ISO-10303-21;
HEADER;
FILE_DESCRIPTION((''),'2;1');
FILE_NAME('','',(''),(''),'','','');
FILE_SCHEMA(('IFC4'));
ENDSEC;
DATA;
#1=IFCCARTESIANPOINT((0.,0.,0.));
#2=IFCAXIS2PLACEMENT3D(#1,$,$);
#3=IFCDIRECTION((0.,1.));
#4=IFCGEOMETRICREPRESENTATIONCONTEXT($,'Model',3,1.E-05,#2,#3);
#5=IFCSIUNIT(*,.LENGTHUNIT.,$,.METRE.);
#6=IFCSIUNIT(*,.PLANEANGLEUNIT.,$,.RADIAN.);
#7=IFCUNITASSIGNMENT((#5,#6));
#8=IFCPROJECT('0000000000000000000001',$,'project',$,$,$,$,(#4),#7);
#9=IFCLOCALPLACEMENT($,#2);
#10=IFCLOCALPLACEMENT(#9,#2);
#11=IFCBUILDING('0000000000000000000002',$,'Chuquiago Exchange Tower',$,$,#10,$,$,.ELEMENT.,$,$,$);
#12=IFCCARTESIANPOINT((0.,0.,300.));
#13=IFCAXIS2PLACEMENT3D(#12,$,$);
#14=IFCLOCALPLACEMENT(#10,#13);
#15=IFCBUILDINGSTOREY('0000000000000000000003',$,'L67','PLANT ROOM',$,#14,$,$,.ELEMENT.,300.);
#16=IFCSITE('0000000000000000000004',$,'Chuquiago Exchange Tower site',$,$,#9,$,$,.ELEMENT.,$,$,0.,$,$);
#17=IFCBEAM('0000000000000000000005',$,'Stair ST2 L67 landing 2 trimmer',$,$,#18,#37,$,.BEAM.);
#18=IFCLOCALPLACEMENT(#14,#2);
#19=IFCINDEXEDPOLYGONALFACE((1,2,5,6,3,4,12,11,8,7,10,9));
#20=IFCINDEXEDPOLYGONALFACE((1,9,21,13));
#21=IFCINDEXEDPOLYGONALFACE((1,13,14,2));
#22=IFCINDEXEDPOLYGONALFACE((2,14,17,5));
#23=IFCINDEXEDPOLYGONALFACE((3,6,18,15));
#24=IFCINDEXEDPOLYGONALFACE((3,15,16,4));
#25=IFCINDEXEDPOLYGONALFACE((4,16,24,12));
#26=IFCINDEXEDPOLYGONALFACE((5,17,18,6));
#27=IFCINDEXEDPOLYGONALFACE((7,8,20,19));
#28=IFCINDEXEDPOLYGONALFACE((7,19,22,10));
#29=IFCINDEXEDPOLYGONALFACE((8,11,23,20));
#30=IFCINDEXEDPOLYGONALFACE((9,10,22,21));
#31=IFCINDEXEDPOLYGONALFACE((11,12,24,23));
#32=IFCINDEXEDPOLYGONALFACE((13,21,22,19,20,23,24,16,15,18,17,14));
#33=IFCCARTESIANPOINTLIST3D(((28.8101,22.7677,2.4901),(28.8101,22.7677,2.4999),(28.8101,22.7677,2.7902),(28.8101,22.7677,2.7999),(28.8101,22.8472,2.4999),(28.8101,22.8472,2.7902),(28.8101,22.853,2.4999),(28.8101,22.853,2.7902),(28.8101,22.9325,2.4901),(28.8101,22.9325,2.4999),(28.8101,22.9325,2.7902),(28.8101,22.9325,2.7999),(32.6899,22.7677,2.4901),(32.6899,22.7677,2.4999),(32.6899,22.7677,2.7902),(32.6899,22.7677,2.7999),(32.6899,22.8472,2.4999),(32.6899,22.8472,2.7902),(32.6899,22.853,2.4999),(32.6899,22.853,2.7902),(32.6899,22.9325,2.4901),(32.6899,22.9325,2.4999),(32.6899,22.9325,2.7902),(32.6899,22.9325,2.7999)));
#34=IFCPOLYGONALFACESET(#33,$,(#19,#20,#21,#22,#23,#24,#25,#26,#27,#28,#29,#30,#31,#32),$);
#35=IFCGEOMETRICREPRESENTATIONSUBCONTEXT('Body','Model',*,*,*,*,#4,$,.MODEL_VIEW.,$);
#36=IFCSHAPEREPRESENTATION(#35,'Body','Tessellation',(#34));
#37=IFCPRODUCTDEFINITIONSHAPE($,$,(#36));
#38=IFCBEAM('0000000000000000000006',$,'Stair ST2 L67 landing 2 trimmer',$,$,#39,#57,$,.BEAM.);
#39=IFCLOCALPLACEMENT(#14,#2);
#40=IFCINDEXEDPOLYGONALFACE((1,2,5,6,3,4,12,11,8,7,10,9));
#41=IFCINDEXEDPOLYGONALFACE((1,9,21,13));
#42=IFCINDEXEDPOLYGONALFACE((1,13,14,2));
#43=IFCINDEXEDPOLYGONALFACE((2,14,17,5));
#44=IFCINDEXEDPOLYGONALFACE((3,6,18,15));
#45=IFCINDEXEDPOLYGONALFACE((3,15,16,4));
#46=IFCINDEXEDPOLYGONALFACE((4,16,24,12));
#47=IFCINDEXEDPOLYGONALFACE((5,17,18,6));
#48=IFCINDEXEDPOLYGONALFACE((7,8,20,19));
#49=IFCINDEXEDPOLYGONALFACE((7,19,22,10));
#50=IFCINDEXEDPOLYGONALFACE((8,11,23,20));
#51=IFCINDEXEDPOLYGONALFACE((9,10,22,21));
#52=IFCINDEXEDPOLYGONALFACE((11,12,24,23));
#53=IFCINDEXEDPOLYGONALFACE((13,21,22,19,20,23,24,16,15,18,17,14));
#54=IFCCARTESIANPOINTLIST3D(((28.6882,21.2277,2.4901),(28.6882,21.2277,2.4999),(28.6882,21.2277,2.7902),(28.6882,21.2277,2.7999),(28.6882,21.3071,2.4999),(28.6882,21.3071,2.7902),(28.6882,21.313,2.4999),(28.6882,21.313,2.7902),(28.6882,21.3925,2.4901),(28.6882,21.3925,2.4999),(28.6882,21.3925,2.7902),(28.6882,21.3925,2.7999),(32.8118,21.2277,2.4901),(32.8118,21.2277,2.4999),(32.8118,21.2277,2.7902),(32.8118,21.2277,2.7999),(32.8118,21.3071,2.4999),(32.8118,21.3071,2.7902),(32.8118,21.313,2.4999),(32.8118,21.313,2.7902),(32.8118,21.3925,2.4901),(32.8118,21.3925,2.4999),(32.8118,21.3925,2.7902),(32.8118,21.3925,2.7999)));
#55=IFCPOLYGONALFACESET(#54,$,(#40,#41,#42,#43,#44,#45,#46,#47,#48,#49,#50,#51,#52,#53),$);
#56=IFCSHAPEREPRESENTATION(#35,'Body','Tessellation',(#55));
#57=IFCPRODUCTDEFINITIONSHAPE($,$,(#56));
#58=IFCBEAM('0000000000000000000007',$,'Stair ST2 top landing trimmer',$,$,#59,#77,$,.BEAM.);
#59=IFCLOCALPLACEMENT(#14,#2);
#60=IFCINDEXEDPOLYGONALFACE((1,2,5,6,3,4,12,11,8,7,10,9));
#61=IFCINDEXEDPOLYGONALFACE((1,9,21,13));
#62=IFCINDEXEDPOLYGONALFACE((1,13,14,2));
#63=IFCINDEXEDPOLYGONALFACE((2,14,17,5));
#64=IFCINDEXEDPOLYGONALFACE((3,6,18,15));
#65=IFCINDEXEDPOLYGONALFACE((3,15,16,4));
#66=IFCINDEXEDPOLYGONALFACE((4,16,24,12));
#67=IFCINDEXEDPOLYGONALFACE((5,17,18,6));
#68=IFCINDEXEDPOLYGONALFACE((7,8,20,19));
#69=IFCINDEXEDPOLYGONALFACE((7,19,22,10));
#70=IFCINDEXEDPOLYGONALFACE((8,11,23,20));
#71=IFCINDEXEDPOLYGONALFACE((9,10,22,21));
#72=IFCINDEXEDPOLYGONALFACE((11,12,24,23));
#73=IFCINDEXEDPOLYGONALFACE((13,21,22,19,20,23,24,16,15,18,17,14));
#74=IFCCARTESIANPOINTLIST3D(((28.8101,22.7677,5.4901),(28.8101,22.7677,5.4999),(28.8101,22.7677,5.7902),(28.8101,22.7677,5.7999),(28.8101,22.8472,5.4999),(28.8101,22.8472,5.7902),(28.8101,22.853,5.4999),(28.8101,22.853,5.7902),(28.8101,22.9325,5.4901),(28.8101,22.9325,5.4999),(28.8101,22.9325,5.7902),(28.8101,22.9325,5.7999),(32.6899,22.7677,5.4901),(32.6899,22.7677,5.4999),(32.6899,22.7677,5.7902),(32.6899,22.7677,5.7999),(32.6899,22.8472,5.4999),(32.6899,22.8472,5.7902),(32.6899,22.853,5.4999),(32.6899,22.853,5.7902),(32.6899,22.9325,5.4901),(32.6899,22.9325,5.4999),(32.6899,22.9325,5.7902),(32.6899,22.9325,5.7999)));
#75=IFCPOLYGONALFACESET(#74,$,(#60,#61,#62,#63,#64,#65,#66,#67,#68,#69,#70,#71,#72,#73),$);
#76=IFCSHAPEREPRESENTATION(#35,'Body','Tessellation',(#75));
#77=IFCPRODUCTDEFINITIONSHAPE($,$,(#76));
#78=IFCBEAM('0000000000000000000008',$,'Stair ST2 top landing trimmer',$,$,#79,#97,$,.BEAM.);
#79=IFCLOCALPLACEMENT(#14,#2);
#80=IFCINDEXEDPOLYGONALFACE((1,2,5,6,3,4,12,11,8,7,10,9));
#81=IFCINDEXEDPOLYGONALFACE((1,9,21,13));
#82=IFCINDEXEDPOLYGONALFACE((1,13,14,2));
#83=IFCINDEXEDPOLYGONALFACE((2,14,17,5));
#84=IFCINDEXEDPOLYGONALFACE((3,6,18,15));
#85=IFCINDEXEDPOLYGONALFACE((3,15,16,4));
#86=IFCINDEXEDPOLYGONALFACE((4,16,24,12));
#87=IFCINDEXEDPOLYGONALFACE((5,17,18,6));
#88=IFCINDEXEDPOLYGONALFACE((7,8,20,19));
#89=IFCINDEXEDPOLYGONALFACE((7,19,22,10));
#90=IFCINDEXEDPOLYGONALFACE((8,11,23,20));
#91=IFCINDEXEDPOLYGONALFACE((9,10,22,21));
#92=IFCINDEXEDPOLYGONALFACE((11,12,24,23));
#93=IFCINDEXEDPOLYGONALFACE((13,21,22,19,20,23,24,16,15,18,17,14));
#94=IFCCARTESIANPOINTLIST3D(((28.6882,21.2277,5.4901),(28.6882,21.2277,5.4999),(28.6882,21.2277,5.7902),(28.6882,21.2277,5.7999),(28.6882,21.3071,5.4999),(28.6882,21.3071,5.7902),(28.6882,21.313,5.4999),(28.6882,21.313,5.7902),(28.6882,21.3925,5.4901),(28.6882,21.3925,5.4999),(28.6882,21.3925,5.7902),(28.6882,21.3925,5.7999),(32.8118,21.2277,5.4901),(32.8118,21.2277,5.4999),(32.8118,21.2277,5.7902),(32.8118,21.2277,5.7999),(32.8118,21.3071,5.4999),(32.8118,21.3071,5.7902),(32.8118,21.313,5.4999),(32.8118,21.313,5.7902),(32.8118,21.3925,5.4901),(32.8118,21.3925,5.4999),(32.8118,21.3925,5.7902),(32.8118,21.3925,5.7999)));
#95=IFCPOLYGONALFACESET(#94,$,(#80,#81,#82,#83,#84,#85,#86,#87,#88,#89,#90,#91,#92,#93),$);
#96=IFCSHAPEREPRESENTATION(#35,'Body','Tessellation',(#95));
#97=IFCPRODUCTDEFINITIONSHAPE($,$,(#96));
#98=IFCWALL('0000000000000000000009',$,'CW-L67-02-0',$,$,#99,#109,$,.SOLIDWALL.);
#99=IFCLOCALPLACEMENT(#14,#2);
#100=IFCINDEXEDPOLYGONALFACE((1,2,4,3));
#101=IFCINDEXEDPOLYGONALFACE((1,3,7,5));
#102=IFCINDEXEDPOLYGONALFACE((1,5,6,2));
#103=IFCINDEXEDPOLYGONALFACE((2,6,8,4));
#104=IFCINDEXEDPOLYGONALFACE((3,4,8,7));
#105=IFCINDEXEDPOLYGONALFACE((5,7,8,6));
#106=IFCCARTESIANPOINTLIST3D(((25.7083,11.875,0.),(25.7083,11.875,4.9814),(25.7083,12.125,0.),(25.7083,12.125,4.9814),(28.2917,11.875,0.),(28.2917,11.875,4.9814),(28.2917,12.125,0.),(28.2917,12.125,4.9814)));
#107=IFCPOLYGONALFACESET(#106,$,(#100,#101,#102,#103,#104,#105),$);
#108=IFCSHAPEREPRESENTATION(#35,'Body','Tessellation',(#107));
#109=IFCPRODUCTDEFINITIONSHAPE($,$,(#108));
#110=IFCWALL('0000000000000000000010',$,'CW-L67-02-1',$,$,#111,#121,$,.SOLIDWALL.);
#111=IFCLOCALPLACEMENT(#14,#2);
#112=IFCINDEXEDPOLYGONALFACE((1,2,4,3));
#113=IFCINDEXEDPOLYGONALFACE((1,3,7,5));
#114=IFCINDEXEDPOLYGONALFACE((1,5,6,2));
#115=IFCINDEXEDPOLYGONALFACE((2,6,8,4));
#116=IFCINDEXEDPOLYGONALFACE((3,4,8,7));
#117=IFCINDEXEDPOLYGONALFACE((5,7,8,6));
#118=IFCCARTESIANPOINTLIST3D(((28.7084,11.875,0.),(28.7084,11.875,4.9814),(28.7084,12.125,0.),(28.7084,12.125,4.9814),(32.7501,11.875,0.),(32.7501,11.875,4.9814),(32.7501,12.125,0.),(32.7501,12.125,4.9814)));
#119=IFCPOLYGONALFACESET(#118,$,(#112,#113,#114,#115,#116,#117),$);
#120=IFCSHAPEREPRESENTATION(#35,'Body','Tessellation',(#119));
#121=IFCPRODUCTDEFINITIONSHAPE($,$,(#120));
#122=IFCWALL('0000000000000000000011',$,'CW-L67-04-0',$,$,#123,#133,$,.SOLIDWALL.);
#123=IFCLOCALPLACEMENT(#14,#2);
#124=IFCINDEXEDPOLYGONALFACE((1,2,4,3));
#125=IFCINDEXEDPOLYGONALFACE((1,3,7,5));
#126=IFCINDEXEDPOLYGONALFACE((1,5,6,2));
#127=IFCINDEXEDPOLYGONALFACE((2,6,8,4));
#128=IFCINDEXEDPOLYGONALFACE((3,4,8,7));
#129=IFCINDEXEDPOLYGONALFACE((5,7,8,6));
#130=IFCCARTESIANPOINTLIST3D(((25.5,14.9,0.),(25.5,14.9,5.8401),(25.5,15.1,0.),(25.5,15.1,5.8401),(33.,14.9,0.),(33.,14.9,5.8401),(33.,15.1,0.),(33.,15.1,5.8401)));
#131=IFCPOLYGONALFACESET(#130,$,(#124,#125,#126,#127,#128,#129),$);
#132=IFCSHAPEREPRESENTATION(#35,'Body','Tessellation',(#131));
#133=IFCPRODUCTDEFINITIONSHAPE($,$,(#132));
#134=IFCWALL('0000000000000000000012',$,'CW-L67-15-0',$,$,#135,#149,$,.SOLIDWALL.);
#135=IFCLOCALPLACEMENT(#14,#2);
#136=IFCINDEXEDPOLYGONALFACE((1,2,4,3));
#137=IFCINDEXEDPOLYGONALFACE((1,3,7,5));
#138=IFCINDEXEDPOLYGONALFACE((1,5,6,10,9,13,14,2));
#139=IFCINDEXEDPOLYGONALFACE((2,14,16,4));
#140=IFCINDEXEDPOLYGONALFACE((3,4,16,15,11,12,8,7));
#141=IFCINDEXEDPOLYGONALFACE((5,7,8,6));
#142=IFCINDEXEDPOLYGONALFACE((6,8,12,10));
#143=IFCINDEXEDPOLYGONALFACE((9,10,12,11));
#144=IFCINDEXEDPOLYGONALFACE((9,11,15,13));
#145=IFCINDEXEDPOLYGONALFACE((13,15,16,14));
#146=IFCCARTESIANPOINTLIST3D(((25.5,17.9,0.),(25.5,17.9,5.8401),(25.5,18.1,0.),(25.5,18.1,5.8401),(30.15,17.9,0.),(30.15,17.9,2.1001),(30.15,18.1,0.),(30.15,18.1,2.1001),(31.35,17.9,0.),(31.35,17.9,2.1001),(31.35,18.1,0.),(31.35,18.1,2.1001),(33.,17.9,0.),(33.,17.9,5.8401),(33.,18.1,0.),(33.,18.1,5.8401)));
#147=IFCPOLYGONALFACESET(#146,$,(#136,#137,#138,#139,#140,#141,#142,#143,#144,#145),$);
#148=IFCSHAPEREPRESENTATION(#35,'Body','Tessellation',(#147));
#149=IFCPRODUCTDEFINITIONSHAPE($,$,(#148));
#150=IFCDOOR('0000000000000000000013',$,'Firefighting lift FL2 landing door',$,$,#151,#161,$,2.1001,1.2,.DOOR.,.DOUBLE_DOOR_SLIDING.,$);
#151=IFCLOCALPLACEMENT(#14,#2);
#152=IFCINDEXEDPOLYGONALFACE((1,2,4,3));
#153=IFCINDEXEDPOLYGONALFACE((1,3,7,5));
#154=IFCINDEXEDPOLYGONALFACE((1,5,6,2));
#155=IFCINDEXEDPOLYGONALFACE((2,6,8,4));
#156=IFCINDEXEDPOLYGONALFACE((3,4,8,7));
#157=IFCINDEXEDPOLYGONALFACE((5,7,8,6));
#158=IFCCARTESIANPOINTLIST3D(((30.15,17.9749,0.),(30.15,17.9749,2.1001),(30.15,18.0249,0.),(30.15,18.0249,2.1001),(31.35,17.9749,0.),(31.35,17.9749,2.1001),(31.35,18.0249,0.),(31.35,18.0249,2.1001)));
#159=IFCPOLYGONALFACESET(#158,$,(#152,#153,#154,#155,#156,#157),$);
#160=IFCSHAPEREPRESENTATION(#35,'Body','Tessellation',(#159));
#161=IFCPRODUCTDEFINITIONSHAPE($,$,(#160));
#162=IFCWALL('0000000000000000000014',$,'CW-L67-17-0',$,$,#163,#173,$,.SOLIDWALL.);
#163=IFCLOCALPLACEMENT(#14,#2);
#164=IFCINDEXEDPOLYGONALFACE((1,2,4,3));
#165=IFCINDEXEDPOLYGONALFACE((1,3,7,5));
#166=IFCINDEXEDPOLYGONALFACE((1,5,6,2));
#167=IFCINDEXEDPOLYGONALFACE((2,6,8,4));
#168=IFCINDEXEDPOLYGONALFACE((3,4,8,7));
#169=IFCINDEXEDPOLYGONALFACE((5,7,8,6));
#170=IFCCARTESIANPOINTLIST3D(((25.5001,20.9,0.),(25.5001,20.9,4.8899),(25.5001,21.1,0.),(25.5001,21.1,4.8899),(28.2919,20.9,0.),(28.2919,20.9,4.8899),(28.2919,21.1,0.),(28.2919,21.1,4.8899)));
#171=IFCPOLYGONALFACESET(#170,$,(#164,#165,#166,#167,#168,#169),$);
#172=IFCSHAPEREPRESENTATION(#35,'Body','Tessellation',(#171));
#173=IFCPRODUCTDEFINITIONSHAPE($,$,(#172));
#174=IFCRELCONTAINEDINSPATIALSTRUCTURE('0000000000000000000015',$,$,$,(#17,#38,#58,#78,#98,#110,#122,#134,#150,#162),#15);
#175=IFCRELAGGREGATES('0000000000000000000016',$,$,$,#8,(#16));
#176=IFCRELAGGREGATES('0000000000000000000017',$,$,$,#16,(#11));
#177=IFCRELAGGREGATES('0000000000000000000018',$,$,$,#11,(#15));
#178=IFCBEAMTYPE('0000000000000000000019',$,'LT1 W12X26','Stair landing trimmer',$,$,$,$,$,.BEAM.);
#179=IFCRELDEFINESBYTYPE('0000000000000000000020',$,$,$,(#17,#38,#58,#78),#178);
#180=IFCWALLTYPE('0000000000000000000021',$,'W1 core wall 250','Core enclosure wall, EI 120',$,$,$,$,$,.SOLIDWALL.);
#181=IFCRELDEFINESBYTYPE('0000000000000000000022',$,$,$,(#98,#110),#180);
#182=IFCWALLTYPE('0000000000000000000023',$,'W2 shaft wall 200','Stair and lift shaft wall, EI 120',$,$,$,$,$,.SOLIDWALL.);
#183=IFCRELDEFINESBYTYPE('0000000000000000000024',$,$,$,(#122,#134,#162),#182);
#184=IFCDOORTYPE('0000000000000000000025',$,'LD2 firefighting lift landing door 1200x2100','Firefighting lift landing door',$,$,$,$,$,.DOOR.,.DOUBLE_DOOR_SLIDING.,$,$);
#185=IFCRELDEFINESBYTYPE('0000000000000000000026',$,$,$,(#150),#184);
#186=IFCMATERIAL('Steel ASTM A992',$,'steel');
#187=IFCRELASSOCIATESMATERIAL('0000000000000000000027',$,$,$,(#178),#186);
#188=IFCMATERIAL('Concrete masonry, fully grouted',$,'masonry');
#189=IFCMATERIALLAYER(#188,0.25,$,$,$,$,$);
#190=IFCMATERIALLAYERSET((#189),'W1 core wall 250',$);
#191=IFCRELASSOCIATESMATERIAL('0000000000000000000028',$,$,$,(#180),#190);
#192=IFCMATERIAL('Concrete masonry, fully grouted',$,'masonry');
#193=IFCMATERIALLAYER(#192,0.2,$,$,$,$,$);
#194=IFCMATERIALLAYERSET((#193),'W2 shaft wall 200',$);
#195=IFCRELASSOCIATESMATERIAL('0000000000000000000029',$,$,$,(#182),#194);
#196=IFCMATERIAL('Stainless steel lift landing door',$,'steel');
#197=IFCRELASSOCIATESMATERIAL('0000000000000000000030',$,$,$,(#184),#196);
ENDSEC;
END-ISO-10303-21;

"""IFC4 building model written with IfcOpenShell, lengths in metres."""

from ifc_helpers import new_model, si_unit, direction, frame, frame_2d, origin, origin_2d, place, context, subcontext, project, spatial, rectangle, i_section, extrude, material, layer, layer_set, material_profile, profile_set, type_object, element, fill, save


model = new_model("IFC4")

# Units and contexts
model_context = context("Model", 3, precision=1e-05, world=origin(), true_north=direction((0.0, 1.0)))
body_context = subcontext(model_context, "Body", "Model", "MODEL_VIEW")
ifc_project = project(units=[si_unit("LENGTHUNIT", "METRE"), si_unit("PLANEANGLEUNIT", "RADIAN")], contexts=[model_context])

# Site, building, storey
site_placement = place(None, origin())
site = spatial("IfcSite", under=ifc_project, at=site_placement, Name="Chuquiago Exchange Tower site", CompositionType="ELEMENT", RefElevation=0.0)
building_placement = place(site_placement, origin())
building = spatial("IfcBuilding", under=site, at=building_placement, Name="Chuquiago Exchange Tower", CompositionType="ELEMENT")
storey_placement = place(building_placement, frame((0.0, 0.0, 300.0)))
storey = spatial("IfcBuildingStorey", under=building, at=storey_placement, Name="L67", Description="PLANT ROOM", CompositionType="ELEMENT", Elevation=300.0)

# Beams
ifc_material_1 = material(Name="Steel ASTM A992", Category="steel")
ifc_material_profile_1 = material_profile(ifc_material_1, i_section(OverallWidth=0.1648, OverallDepth=0.3098, WebThickness=0.0059, FlangeThickness=0.0098, at=origin_2d()), Name="W12X26")
ifc_profile_set_1 = profile_set([ifc_material_profile_1], Name="Steel ASTM A992")
beam_type_1 = type_object("IfcBeamType", Name="LT1 W12X26", Description="Stair landing trimmer", PredefinedType="BEAM", material=ifc_profile_set_1)
beam_1_placement = place(storey_placement, frame((28.8101, 22.8501, 2.645), z_axis=(1.0, 0.0, 0.0), x_axis=(0.0, 1.0, 0.0)))
element("IfcBeam", 1, at=beam_1_placement, inside=storey, type_object=beam_type_1, Name="Stair ST2 L67 landing 2 trimmer", PredefinedType="BEAM", context=body_context, shape_type="SweptSolid", body=[
    extrude(i_section(OverallWidth=0.1648, OverallDepth=0.3098, WebThickness=0.0059, FlangeThickness=0.0098, at=origin_2d()), origin(), (0.0, 0.0, 1.0), 3.8799),
])
beam_2_placement = place(storey_placement, frame((28.6882, 21.3101, 2.645), z_axis=(1.0, 0.0, 0.0), x_axis=(0.0, 1.0, 0.0)))
element("IfcBeam", 2, at=beam_2_placement, inside=storey, type_object=beam_type_1, Name="Stair ST2 L67 landing 2 trimmer", PredefinedType="BEAM", context=body_context, shape_type="SweptSolid", body=[
    extrude(i_section(OverallWidth=0.1648, OverallDepth=0.3098, WebThickness=0.0059, FlangeThickness=0.0098, at=origin_2d()), origin(), (0.0, 0.0, 1.0), 4.1235),
])
beam_3_placement = place(storey_placement, frame((28.8101, 22.8501, 5.645), z_axis=(1.0, 0.0, 0.0), x_axis=(0.0, 1.0, 0.0)))
element("IfcBeam", 3, at=beam_3_placement, inside=storey, type_object=beam_type_1, Name="Stair ST2 top landing trimmer", PredefinedType="BEAM", context=body_context, shape_type="SweptSolid", body=[
    extrude(i_section(OverallWidth=0.1648, OverallDepth=0.3098, WebThickness=0.0059, FlangeThickness=0.0098, at=origin_2d()), origin(), (0.0, 0.0, 1.0), 3.8799),
])
beam_4_placement = place(storey_placement, frame((28.6882, 21.3101, 5.645), z_axis=(1.0, 0.0, 0.0), x_axis=(0.0, 1.0, 0.0)))
element("IfcBeam", 4, at=beam_4_placement, inside=storey, type_object=beam_type_1, Name="Stair ST2 top landing trimmer", PredefinedType="BEAM", context=body_context, shape_type="SweptSolid", body=[
    extrude(i_section(OverallWidth=0.1648, OverallDepth=0.3098, WebThickness=0.0059, FlangeThickness=0.0098, at=origin_2d()), origin(), (0.0, 0.0, 1.0), 4.1235),
])

# Walls
ifc_material_2 = material(Name="Concrete masonry, fully grouted", Category="masonry")
ifc_layer_1 = layer(ifc_material_2, 0.25)
ifc_layer_set_1 = layer_set([ifc_layer_1], Name="W1 core wall 250")
wall_type_1 = type_object("IfcWallType", Name="W1 core wall 250", Description="Core enclosure wall, EI 120", PredefinedType="SOLIDWALL", material=ifc_layer_set_1)
wall_1_placement = place(storey_placement, frame((25.7083, 12.0, 0.0), z_axis=(0.0, 0.0, 1.0), x_axis=(1.0, 0.0, 0.0)))
element("IfcWall", 5, at=wall_1_placement, inside=storey, type_object=wall_type_1, Name="CW-L67-02-0", PredefinedType="SOLIDWALL", context=body_context, shape_type="SweptSolid", body=[
    extrude(rectangle(XDim=2.5835, YDim=0.25, at=frame_2d((1.2917, 0.0))), origin(), (0.0, 0.0, 1.0), 4.9814),
])
wall_2_placement = place(storey_placement, frame((28.7083, 12.0, 0.0), z_axis=(0.0, 0.0, 1.0), x_axis=(1.0, 0.0, 0.0)))
element("IfcWall", 6, at=wall_2_placement, inside=storey, type_object=wall_type_1, Name="CW-L67-02-1", PredefinedType="SOLIDWALL", context=body_context, shape_type="SweptSolid", body=[
    extrude(rectangle(XDim=4.0417, YDim=0.25, at=frame_2d((2.021, 0.0))), origin(), (0.0, 0.0, 1.0), 4.9814),
])
ifc_material_3 = material(Name="Concrete masonry, fully grouted", Category="masonry")
ifc_layer_2 = layer(ifc_material_3, 0.2)
ifc_layer_set_2 = layer_set([ifc_layer_2], Name="W2 shaft wall 200")
wall_type_2 = type_object("IfcWallType", Name="W2 shaft wall 200", Description="Stair and lift shaft wall, EI 120", PredefinedType="SOLIDWALL", material=ifc_layer_set_2)
wall_3_placement = place(storey_placement, frame((25.5, 15.0, 0.0), z_axis=(0.0, 0.0, 1.0), x_axis=(1.0, 0.0, 0.0)))
element("IfcWall", 7, at=wall_3_placement, inside=storey, type_object=wall_type_2, Name="CW-L67-04-0", PredefinedType="SOLIDWALL", context=body_context, shape_type="SweptSolid", body=[
    extrude(rectangle(XDim=7.5, YDim=0.2, at=frame_2d((3.75, 0.0))), origin(), (0.0, 0.0, 1.0), 5.8401),
])

# Wall, opening, door
wall_4_placement = place(storey_placement, frame((25.5, 18.0, 0.0), z_axis=(0.0, 0.0, 1.0), x_axis=(1.0, 0.0, 0.0)))
wall_4 = element("IfcWall", 8, at=wall_4_placement, inside=storey, type_object=wall_type_2, Name="CW-L67-15-0", PredefinedType="SOLIDWALL", context=body_context, shape_type="SweptSolid", body=[
    extrude(rectangle(XDim=7.5, YDim=0.2, at=frame_2d((3.75, 0.0))), origin(), (0.0, 0.0, 1.0), 5.8401),
])
opening_1_placement = place(wall_4_placement, frame((4.6499, 0.0, 0.0)))
opening_1 = element("IfcOpeningElement", 9, at=opening_1_placement, cuts=wall_4, PredefinedType="OPENING", context=body_context, shape_type="SweptSolid", body=[
    extrude(rectangle(XDim=1.2, YDim=2.1001, at=frame_2d((0.6001, 1.05))), frame((0.0, 0.1099, 0.0), z_axis=(0.0, -1.0, 0.0), x_axis=(1.0, 0.0, 0.0)), (0.0, 0.0, 1.0), 0.22),
])
ifc_material_4 = material(Name="Stainless steel lift landing door", Category="steel")
door_type_1 = type_object("IfcDoorType", Name="LD2 firefighting lift landing door 1200x2100", Description="Firefighting lift landing door", OperationType="DOUBLE_DOOR_SLIDING", PredefinedType="DOOR", material=ifc_material_4)
door_1_placement = place(opening_1_placement, origin())
door_1 = element("IfcDoor", 10, at=door_1_placement, inside=storey, type_object=door_type_1, Name="Firefighting lift FL2 landing door", OperationType="DOUBLE_DOOR_SLIDING", OverallHeight=2.1001, OverallWidth=1.2, PredefinedType="DOOR", context=body_context, shape_type="SweptSolid", body=[
    extrude(rectangle(XDim=1.2, YDim=2.1001, at=frame_2d((0.6001, 1.05))), frame((0.0, 0.0249, 0.0), z_axis=(0.0, -1.0, 0.0), x_axis=(1.0, 0.0, 0.0)), (0.0, 0.0, 1.0), 0.05),
])
fill(opening_1, door_1)

# Wall
wall_5_placement = place(storey_placement, frame((25.5, 21.0, 0.0), z_axis=(0.0, 0.0, 1.0), x_axis=(1.0, 0.0, 0.0)))
element("IfcWall", 11, at=wall_5_placement, inside=storey, type_object=wall_type_2, Name="CW-L67-17-0", PredefinedType="SOLIDWALL", context=body_context, shape_type="SweptSolid", body=[
    extrude(rectangle(XDim=2.7917, YDim=0.2, at=frame_2d((1.396, 0.0))), origin(), (0.0, 0.0, 1.0), 4.8899),
])

save(model, "model.ifc")
